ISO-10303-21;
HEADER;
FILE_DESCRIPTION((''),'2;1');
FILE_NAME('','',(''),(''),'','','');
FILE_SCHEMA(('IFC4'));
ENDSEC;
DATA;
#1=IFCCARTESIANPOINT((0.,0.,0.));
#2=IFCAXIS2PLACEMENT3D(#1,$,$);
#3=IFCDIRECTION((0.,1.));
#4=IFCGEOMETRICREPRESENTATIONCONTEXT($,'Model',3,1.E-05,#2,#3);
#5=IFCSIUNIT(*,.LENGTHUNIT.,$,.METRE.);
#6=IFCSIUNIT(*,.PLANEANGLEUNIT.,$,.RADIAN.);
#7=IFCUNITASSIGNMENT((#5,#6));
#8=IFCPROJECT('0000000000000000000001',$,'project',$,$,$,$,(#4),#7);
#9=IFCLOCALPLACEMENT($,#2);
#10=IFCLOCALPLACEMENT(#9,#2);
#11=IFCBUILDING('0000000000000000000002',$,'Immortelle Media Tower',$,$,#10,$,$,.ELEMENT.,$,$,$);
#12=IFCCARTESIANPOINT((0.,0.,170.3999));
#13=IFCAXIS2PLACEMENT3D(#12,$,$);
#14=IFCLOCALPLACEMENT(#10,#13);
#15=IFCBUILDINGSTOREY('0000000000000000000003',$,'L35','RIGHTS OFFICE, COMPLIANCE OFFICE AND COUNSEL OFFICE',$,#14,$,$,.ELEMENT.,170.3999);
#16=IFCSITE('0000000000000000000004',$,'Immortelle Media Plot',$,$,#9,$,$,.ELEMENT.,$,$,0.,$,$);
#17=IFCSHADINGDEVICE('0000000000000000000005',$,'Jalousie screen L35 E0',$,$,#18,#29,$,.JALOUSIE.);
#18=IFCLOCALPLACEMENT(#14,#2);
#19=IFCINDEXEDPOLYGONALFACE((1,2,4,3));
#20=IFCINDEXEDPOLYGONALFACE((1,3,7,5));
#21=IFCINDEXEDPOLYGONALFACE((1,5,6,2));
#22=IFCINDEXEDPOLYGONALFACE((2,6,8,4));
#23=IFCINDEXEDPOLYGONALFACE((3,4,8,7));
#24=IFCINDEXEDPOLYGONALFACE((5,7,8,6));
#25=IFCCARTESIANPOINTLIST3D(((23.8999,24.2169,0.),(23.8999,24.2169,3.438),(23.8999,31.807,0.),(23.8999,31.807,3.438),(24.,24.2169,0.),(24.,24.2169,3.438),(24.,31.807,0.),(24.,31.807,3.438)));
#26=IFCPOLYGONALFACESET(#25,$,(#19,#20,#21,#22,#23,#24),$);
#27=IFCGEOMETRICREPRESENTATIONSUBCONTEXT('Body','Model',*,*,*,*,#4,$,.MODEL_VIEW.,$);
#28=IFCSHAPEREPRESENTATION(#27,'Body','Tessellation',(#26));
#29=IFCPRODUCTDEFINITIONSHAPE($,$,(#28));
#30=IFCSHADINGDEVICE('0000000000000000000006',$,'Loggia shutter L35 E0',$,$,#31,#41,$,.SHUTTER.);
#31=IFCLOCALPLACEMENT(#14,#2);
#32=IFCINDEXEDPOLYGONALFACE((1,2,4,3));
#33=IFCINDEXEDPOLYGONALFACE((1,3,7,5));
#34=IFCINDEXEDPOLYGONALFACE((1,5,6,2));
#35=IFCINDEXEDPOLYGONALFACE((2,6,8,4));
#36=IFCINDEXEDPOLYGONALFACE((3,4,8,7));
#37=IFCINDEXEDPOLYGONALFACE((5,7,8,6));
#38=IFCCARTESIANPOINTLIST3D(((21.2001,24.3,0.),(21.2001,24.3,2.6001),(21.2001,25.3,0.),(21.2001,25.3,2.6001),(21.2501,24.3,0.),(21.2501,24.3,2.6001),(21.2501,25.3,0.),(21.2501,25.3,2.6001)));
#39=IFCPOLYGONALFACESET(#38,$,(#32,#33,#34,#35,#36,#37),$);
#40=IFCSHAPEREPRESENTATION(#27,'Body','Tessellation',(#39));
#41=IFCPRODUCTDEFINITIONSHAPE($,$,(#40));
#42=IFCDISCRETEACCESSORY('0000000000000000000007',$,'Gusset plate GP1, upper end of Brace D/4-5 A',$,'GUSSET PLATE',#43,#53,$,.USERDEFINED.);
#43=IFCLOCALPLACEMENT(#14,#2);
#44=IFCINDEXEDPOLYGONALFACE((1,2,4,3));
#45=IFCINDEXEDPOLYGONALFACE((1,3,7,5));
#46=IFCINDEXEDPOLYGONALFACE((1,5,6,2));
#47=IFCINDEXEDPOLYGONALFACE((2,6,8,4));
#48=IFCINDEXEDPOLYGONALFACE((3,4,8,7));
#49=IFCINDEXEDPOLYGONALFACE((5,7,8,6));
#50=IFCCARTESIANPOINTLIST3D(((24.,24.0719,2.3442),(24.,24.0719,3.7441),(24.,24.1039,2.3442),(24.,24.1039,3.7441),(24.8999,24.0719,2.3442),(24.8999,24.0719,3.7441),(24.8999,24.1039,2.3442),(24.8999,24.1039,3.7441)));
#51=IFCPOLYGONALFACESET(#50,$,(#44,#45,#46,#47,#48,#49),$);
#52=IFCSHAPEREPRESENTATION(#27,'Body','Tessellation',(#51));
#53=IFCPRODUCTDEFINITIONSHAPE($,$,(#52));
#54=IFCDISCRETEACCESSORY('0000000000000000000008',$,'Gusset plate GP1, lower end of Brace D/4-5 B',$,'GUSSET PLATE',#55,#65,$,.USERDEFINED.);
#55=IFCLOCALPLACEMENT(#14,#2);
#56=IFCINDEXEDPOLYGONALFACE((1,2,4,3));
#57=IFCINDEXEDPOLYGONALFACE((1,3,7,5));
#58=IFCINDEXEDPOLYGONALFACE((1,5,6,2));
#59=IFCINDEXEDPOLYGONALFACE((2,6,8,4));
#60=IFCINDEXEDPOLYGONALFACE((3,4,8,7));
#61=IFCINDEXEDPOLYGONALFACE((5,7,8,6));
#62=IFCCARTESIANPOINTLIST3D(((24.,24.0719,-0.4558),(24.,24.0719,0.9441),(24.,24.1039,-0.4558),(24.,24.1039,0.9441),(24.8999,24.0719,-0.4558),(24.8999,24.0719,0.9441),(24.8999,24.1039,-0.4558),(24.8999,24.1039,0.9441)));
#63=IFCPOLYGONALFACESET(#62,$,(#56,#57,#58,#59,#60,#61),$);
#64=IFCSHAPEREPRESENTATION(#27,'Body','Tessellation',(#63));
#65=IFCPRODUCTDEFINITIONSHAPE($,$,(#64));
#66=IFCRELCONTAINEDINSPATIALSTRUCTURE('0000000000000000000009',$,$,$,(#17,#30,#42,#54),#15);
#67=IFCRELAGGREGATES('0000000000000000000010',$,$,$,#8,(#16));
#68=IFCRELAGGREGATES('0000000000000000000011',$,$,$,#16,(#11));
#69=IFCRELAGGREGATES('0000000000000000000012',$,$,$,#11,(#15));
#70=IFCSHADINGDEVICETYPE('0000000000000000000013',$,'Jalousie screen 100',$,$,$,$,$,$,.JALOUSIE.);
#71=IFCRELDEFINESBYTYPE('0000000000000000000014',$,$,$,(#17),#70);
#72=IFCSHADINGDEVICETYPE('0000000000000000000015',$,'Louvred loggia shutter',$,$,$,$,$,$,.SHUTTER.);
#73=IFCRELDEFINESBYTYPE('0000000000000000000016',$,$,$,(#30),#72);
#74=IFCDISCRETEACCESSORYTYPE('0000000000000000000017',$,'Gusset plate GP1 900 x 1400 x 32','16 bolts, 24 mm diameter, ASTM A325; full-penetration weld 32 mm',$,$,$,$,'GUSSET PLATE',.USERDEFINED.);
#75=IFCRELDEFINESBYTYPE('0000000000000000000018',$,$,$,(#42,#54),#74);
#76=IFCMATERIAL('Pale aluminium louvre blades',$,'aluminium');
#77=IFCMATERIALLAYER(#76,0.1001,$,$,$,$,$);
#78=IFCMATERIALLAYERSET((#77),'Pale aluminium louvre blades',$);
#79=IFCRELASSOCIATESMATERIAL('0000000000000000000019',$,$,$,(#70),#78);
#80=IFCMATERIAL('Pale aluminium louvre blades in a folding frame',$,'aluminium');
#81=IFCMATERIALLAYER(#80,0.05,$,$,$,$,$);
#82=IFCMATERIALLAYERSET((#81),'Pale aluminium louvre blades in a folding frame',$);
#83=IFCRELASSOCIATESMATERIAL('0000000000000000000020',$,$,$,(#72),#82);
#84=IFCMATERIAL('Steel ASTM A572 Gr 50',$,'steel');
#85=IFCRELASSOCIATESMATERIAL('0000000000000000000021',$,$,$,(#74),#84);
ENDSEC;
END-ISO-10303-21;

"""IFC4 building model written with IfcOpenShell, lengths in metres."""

from ifc_helpers import new_model, si_unit, direction, frame, origin, origin_2d, place, context, subcontext, project, spatial, rectangle, extrude, material, layer, layer_set, material_profile, profile_set, type_object, element, save


model = new_model("IFC4")

# Units and contexts
model_context = context("Model", 3, precision=1e-05, world=origin(), true_north=direction((0.0, 1.0)))
body_context = subcontext(model_context, "Body", "Model", "MODEL_VIEW")
ifc_project = project(units=[si_unit("LENGTHUNIT", "METRE"), si_unit("PLANEANGLEUNIT", "RADIAN")], contexts=[model_context])

# Site, building, storey
site_placement = place(None, origin())
site = spatial("IfcSite", under=ifc_project, at=site_placement, Name="Immortelle Media Plot", CompositionType="ELEMENT", RefElevation=0.0)
building_placement = place(site_placement, origin())
building = spatial("IfcBuilding", under=site, at=building_placement, Name="Immortelle Media Tower", CompositionType="ELEMENT")
storey_placement = place(building_placement, frame((0.0, 0.0, 170.3999)))
storey = spatial("IfcBuildingStorey", under=building, at=storey_placement, Name="L35", Description="RIGHTS OFFICE, COMPLIANCE OFFICE AND COUNSEL OFFICE", CompositionType="ELEMENT", Elevation=170.3999)

# Shading devices
ifc_material_1 = material(Name="Pale aluminium louvre blades", Category="aluminium")
ifc_layer_1 = layer(ifc_material_1, 0.1001)
ifc_layer_set_1 = layer_set([ifc_layer_1], Name="Pale aluminium louvre blades")
shading_device_type_1 = type_object("IfcShadingDeviceType", Name="Jalousie screen 100", PredefinedType="JALOUSIE", material=ifc_layer_set_1)
shading_device_1_placement = place(storey_placement, frame((23.95, 28.012, 0.0), z_axis=(0.0, 0.0, 1.0), x_axis=(0.0, 1.0, 0.0)))
element("IfcShadingDevice", 1, at=shading_device_1_placement, inside=storey, type_object=shading_device_type_1, Name="Jalousie screen L35 E0", PredefinedType="JALOUSIE", context=body_context, shape_type="SweptSolid", body=[
    extrude(rectangle(XDim=7.5901, YDim=0.1001, at=origin_2d()), origin(), (0.0, 0.0, 1.0), 3.438),
])
ifc_material_2 = material(Name="Pale aluminium louvre blades in a folding frame", Category="aluminium")
ifc_layer_2 = layer(ifc_material_2, 0.05)
ifc_layer_set_2 = layer_set([ifc_layer_2], Name="Pale aluminium louvre blades in a folding frame")
shading_device_type_2 = type_object("IfcShadingDeviceType", Name="Louvred loggia shutter", PredefinedType="SHUTTER", material=ifc_layer_set_2)
shading_device_2_placement = place(storey_placement, frame((21.2251, 24.8, 0.0), z_axis=(0.0, 0.0, 1.0), x_axis=(0.0, 1.0, 0.0)))
element("IfcShadingDevice", 2, at=shading_device_2_placement, inside=storey, type_object=shading_device_type_2, Name="Loggia shutter L35 E0", PredefinedType="SHUTTER", context=body_context, shape_type="SweptSolid", body=[
    extrude(rectangle(XDim=1.0, YDim=0.05, at=origin_2d()), origin(), (0.0, 0.0, 1.0), 2.6001),
])

# Discrete accessories
ifc_material_3 = material(Name="Steel ASTM A572 Gr 50", Category="steel")
ifc_material_profile_1 = material_profile(ifc_material_3, rectangle(XDim=0.032, YDim=1.3999, at=origin_2d()), Name="PL 32 x 1400")
ifc_profile_set_1 = profile_set([ifc_material_profile_1], Name="Steel ASTM A572 Gr 50")
discrete_accessory_type = type_object("IfcDiscreteAccessoryType", Name="Gusset plate GP1 900 x 1400 x 32", Description="16 bolts, 24 mm diameter, ASTM A325; full-penetration weld 32 mm", ElementType="GUSSET PLATE", PredefinedType="USERDEFINED", material=ifc_profile_set_1)
for number, where, z_axis, x_axis, name in (
    (3, (24.0, 24.0879, 3.0442), (1.0, 0.0, 0.0), (0.0, 1.0, 0.0), "Gusset plate GP1, upper end of Brace D/4-5 A"),
    (4, (24.0, 24.0879, 0.2441), (1.0, 0.0, 0.0), (0.0, 1.0, 0.0), "Gusset plate GP1, lower end of Brace D/4-5 B"),
):
    element("IfcDiscreteAccessory", number, at=place(storey_placement, frame(where, z_axis=z_axis, x_axis=x_axis)), inside=storey, type_object=discrete_accessory_type, Name=name, ObjectType="GUSSET PLATE", PredefinedType="USERDEFINED", context=body_context, shape_type="SweptSolid", body=[
        extrude(rectangle(XDim=0.032, YDim=1.3999, at=origin_2d()), origin(), (0.0, 0.0, 1.0), 0.8999),
    ])

save(model, "model.ifc")
